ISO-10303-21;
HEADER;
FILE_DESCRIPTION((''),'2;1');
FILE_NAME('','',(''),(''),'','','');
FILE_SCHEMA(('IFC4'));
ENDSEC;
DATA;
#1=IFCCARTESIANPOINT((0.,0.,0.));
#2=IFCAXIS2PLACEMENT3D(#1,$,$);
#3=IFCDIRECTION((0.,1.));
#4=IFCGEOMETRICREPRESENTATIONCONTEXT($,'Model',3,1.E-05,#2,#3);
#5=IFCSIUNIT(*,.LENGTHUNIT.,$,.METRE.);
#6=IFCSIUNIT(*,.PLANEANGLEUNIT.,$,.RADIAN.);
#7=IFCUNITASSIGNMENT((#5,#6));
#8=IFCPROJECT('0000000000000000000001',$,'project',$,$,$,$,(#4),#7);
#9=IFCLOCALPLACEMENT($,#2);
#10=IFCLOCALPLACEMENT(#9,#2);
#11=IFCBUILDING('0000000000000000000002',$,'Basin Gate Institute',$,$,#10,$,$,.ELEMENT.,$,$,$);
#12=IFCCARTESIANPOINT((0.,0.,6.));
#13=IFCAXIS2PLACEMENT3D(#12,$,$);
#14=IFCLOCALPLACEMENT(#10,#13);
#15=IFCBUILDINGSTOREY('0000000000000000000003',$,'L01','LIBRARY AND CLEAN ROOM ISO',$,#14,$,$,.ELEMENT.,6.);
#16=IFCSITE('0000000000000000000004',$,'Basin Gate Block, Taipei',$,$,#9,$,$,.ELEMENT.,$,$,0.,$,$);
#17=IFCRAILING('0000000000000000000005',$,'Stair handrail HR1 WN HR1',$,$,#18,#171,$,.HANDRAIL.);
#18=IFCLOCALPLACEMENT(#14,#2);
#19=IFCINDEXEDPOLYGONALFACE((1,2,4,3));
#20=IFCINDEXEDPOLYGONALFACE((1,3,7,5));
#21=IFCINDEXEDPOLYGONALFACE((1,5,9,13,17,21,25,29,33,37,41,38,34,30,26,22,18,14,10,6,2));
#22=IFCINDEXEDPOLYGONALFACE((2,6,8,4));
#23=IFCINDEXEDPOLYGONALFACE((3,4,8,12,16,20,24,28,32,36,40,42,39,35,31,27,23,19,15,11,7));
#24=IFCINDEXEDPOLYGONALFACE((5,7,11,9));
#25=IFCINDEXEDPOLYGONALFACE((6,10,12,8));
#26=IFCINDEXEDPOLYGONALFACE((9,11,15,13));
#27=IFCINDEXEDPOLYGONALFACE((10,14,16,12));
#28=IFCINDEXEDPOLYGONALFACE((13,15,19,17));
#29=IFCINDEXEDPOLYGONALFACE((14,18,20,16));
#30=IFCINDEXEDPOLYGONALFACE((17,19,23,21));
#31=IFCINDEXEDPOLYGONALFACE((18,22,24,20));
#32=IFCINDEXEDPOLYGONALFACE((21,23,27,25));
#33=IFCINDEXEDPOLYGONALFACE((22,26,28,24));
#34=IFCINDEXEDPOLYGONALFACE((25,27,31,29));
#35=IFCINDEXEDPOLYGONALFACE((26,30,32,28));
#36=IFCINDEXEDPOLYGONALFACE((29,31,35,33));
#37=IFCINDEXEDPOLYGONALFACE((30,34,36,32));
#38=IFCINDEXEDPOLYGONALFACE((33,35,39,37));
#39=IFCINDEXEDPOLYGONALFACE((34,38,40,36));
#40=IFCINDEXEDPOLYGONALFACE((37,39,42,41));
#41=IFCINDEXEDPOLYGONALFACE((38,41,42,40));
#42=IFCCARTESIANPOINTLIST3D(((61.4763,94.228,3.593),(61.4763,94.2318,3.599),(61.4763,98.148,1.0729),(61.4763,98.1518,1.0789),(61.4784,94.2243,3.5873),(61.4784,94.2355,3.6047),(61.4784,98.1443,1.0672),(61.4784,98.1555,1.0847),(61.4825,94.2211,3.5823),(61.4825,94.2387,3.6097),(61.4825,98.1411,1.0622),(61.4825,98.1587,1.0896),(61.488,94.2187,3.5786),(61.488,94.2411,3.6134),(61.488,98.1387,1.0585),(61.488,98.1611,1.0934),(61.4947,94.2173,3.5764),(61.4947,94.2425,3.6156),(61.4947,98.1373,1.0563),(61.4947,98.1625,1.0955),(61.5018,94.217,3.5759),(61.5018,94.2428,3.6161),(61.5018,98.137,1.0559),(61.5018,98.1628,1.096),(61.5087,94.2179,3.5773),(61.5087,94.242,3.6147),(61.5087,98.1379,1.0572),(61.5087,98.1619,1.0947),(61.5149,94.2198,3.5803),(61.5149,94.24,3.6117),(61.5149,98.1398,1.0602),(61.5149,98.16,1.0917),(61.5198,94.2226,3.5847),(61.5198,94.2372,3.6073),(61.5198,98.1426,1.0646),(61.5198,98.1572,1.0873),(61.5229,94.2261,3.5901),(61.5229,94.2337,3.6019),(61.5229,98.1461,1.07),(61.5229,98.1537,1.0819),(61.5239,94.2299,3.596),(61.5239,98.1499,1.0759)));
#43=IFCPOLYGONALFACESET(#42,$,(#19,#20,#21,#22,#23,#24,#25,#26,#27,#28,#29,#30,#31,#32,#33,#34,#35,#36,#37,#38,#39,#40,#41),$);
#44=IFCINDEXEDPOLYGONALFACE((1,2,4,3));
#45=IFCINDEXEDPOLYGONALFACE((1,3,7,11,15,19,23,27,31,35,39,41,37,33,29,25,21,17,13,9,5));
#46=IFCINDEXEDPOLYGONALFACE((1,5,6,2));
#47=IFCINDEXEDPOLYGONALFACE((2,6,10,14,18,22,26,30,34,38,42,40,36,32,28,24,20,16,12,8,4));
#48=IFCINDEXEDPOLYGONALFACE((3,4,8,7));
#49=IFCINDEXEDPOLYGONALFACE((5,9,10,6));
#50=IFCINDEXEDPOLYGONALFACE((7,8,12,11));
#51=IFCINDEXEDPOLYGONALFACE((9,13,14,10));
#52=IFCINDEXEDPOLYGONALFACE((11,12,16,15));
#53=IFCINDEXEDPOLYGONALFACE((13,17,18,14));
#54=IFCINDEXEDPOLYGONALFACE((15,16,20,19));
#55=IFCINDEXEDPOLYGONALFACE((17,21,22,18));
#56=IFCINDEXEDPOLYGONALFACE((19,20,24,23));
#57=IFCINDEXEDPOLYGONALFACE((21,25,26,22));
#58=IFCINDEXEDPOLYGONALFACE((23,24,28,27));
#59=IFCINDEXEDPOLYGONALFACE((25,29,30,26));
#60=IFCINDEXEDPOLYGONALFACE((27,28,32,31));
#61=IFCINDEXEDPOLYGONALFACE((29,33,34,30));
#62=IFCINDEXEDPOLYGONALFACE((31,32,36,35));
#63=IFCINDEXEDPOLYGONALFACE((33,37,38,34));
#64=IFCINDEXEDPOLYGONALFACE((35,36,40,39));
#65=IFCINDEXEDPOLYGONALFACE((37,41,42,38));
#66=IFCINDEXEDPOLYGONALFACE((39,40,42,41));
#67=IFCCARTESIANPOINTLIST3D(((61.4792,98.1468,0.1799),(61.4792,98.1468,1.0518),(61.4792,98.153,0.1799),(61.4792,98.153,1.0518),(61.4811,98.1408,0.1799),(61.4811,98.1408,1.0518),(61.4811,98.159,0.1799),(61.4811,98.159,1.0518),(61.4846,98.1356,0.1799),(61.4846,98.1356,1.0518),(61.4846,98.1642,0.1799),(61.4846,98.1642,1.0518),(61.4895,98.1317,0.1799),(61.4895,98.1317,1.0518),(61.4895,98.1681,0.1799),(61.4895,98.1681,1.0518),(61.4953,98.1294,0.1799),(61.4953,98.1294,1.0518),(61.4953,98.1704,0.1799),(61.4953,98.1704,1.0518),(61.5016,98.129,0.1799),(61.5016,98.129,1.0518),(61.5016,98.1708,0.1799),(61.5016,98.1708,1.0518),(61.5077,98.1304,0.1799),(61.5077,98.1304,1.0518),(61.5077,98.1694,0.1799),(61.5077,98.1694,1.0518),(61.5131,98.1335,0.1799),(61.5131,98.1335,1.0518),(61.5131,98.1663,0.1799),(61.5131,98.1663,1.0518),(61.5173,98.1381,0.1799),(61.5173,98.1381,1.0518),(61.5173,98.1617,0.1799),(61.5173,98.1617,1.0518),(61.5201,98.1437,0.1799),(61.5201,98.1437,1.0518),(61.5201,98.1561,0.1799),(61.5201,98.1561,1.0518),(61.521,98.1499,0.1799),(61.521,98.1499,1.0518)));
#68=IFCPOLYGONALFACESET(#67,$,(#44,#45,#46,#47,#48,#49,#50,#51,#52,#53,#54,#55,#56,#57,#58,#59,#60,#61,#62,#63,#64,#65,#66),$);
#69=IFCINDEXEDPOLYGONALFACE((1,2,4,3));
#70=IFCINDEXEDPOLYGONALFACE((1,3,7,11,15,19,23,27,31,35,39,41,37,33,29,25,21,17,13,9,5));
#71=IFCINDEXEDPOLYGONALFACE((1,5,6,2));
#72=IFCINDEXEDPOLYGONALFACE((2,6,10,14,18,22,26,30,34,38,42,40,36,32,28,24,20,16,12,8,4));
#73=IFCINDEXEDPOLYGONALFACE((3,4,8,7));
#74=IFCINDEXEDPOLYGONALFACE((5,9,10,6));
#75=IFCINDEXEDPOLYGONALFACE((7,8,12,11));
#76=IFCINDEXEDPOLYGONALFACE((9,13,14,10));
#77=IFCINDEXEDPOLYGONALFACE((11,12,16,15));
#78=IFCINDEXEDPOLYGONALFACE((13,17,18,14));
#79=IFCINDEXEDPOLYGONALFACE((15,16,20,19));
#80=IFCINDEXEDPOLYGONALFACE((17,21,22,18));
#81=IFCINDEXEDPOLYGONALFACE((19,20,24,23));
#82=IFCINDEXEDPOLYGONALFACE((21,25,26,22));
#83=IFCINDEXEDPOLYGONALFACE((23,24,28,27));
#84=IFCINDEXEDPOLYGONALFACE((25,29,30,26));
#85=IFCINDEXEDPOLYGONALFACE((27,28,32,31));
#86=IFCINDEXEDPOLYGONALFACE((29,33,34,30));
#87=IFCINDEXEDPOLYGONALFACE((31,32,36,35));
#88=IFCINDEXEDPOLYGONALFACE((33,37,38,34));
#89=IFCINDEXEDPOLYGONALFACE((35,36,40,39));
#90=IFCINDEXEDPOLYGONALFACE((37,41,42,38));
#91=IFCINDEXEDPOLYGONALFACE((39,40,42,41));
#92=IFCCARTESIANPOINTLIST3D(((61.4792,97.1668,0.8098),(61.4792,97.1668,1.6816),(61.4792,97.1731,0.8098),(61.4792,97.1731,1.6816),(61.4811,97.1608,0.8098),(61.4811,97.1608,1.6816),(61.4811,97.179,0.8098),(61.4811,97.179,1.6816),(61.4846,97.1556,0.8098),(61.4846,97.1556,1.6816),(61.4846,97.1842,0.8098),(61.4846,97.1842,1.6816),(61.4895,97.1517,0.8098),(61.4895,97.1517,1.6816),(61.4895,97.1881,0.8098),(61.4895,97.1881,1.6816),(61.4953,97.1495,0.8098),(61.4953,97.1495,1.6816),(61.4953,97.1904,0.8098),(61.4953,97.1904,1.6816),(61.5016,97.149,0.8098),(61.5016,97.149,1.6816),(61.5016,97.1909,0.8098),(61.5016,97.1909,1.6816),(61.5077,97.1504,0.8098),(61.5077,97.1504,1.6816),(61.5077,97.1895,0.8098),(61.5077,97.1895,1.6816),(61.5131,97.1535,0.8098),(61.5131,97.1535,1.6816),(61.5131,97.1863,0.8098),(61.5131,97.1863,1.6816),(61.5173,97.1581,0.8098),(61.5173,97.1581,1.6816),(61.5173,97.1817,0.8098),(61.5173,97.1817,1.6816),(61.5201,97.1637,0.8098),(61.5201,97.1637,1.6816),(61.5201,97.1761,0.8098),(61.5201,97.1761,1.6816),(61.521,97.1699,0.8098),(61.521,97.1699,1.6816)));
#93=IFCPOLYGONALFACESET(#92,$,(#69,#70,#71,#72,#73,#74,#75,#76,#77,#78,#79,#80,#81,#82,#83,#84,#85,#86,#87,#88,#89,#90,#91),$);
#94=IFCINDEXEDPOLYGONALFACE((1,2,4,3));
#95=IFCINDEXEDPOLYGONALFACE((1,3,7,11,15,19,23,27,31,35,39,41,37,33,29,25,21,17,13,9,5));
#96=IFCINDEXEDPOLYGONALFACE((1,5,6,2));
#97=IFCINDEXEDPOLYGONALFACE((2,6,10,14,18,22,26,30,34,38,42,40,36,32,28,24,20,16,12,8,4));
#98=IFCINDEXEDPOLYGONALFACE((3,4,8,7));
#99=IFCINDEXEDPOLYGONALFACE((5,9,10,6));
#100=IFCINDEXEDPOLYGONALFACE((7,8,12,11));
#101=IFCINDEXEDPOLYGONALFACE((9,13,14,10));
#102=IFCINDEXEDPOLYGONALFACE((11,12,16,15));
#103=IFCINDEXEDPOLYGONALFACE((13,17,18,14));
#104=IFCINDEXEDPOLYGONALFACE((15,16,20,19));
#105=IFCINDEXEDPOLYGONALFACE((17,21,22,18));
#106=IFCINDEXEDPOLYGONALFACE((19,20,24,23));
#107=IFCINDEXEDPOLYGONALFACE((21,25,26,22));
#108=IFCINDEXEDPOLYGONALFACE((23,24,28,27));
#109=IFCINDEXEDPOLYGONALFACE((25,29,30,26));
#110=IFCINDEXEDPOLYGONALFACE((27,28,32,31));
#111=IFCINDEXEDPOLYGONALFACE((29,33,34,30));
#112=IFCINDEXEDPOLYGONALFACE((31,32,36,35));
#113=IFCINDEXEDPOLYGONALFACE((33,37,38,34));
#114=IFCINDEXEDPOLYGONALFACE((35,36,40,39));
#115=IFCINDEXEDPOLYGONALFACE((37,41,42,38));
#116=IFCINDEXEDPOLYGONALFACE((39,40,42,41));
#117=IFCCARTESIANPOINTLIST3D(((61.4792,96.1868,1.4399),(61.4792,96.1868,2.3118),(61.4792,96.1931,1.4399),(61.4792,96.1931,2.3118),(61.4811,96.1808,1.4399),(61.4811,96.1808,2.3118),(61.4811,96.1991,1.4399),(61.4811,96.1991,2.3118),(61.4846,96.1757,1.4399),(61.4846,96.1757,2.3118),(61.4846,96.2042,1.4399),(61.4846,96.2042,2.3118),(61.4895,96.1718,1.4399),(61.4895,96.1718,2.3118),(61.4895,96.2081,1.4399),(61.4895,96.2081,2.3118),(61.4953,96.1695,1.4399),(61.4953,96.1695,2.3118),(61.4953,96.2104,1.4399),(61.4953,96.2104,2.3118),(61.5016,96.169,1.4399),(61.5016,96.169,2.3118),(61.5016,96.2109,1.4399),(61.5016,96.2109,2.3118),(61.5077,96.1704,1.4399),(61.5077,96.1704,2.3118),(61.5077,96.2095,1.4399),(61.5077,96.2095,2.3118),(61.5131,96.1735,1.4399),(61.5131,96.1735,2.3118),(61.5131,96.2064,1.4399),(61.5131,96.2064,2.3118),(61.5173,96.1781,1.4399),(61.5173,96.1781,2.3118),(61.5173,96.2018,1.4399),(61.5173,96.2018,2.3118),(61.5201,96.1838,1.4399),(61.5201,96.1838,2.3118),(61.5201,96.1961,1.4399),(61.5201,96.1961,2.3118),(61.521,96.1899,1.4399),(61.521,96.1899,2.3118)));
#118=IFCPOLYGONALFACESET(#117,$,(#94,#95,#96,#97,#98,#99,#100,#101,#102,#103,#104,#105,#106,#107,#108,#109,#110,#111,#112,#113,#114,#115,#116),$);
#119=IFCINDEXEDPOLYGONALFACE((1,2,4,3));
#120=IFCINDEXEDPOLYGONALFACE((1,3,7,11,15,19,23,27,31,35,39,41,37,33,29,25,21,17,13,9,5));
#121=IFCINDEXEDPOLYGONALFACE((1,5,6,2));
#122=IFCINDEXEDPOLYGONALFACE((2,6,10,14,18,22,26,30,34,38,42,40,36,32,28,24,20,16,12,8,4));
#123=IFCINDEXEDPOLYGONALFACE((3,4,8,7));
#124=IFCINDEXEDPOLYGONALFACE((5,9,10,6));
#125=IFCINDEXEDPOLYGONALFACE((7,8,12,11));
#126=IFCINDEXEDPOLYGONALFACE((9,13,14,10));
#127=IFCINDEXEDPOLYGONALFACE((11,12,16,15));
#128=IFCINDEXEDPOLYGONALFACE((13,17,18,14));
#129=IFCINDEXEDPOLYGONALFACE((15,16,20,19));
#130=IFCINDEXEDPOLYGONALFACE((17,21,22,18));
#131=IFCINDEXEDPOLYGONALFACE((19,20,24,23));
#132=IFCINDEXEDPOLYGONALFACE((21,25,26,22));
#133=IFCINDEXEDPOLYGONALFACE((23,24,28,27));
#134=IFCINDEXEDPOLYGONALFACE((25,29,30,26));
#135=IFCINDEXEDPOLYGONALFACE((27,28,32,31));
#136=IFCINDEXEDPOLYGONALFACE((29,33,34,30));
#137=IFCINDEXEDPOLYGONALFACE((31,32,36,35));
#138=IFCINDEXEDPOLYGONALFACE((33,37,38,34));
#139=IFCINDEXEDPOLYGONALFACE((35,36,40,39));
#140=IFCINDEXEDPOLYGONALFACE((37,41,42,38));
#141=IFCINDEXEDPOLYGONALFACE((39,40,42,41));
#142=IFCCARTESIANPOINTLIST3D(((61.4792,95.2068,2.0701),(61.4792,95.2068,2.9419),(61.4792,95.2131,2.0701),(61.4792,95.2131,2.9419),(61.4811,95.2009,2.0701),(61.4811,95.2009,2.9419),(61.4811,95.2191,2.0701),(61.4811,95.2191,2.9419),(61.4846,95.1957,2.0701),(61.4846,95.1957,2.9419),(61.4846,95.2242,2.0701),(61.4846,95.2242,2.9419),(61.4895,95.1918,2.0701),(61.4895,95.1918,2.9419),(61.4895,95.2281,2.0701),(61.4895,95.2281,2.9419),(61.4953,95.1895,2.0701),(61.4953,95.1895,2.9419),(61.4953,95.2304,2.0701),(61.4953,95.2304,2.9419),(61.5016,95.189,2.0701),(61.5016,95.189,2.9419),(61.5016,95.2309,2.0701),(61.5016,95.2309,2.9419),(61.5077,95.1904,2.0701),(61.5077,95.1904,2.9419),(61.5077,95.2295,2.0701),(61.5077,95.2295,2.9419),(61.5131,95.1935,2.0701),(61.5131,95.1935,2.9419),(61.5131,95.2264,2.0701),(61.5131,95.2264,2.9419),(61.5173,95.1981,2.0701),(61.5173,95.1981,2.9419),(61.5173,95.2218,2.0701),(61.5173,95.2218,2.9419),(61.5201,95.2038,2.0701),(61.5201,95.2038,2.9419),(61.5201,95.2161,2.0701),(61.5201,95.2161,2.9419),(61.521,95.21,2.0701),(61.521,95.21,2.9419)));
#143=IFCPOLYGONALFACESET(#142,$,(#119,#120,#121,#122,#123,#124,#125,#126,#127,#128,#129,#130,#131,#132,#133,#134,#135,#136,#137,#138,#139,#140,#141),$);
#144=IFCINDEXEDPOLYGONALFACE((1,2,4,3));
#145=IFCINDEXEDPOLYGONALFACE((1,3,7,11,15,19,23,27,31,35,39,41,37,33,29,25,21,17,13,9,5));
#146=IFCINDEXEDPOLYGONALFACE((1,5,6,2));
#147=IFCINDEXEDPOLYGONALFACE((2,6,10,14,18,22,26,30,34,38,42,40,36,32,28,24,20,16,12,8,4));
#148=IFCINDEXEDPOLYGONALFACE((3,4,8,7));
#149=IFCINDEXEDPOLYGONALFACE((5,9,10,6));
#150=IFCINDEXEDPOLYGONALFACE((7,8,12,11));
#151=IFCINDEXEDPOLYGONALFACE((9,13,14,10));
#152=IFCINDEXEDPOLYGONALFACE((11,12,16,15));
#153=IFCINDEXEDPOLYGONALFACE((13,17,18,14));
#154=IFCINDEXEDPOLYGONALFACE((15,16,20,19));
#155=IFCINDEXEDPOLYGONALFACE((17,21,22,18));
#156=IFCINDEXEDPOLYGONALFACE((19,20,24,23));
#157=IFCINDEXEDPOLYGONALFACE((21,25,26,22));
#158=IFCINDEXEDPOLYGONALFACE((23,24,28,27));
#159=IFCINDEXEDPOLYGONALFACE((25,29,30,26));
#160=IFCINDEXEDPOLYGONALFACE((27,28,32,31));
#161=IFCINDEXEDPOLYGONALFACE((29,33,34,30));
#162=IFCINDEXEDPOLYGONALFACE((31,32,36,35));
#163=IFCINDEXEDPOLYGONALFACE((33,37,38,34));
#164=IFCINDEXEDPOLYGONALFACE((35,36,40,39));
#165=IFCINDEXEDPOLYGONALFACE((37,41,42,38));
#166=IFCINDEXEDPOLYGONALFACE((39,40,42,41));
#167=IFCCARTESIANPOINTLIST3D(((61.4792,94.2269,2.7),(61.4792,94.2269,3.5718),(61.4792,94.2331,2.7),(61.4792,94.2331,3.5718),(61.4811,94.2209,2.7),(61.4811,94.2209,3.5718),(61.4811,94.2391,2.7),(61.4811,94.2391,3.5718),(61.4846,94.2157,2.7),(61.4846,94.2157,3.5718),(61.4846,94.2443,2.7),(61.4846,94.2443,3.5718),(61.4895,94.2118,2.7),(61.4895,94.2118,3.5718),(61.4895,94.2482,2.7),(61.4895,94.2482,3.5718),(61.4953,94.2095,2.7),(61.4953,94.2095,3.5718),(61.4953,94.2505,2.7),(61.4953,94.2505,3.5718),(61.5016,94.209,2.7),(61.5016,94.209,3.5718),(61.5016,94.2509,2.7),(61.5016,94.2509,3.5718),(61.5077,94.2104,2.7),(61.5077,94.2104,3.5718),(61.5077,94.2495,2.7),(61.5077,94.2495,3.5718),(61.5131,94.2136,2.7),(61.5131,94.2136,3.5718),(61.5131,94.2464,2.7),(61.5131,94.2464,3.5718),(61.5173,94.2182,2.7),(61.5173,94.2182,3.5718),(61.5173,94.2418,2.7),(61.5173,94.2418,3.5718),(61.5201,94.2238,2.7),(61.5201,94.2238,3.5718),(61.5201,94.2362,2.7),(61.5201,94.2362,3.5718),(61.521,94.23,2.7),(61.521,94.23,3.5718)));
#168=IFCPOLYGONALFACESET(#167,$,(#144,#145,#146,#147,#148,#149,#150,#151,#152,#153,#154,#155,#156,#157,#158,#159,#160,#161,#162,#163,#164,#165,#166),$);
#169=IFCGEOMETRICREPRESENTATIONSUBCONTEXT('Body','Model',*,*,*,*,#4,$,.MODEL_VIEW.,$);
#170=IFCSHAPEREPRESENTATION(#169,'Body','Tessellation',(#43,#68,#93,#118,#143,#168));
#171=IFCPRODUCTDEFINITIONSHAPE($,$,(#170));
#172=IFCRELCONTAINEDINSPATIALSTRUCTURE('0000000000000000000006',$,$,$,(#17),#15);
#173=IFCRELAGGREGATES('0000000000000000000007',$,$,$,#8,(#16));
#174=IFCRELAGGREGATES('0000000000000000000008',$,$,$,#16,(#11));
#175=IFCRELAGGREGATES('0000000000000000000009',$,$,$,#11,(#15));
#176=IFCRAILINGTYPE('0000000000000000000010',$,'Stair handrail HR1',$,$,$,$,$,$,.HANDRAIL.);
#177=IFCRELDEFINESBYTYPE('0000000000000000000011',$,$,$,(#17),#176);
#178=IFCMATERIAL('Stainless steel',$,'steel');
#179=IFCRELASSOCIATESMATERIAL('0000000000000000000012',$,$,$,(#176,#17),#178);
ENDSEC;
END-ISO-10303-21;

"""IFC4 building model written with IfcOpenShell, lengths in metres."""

from ifc_helpers import new_model, si_unit, direction, frame, origin, origin_2d, place, context, subcontext, project, spatial, circle, extrude, material, type_object, element, save


model = new_model("IFC4")

# Units and contexts
model_context = context("Model", 3, precision=1e-05, world=origin(), true_north=direction((0.0, 1.0)))
body_context = subcontext(model_context, "Body", "Model", "MODEL_VIEW")
ifc_project = project(units=[si_unit("LENGTHUNIT", "METRE"), si_unit("PLANEANGLEUNIT", "RADIAN")], contexts=[model_context])

# Site, building, storey
site_placement = place(None, origin())
site = spatial("IfcSite", under=ifc_project, at=site_placement, Name="Basin Gate Block, Taipei", CompositionType="ELEMENT", RefElevation=0.0)
building_placement = place(site_placement, origin())
building = spatial("IfcBuilding", under=site, at=building_placement, Name="Basin Gate Institute", CompositionType="ELEMENT")
storey_placement = place(building_placement, frame((0.0, 0.0, 6.0)))
storey = spatial("IfcBuildingStorey", under=building, at=storey_placement, Name="L01", Description="LIBRARY AND CLEAN ROOM ISO", CompositionType="ELEMENT", Elevation=6.0)

# Railing
ifc_material_1 = material(Name="Stainless steel", Category="steel")
railing_type_1 = type_object("IfcRailingType", Name="Stair handrail HR1", PredefinedType="HANDRAIL", material=ifc_material_1)
for number, where, name in (
    (1, (61.5, 98.1499, 0.1799), "Stair handrail HR1 WN HR1"),
):
    element("IfcRailing", number, at=place(storey_placement, frame(where)), inside=storey, type_object=railing_type_1, material=ifc_material_1, Name=name, PredefinedType="HANDRAIL", context=body_context, shape_type="SweptSolid", body=[
        extrude(circle(Radius=0.0239, at=origin_2d()), frame((0.0, 0.0, 0.896), z_axis=(0.0, -0.841172, 0.540768), x_axis=(1.0, 0.0, 0.0)), (0.0, 0.0, 1.0), 4.6602),
        extrude(circle(Radius=0.021, at=origin_2d()), origin(), (0.0, 0.0, 1.0), 0.8718),
        extrude(circle(Radius=0.021, at=origin_2d()), frame((0.0, -0.98, 0.6299)), (0.0, 0.0, 1.0), 0.8718),
        extrude(circle(Radius=0.021, at=origin_2d()), frame((0.0, -1.96, 1.26)), (0.0, 0.0, 1.0), 0.8718),
        extrude(circle(Radius=0.021, at=origin_2d()), frame((0.0, -2.9399, 1.8901)), (0.0, 0.0, 1.0), 0.8718),
        extrude(circle(Radius=0.021, at=origin_2d()), frame((0.0, -3.9199, 2.52)), (0.0, 0.0, 1.0), 0.8718),
    ])

save(model, "model.ifc")
